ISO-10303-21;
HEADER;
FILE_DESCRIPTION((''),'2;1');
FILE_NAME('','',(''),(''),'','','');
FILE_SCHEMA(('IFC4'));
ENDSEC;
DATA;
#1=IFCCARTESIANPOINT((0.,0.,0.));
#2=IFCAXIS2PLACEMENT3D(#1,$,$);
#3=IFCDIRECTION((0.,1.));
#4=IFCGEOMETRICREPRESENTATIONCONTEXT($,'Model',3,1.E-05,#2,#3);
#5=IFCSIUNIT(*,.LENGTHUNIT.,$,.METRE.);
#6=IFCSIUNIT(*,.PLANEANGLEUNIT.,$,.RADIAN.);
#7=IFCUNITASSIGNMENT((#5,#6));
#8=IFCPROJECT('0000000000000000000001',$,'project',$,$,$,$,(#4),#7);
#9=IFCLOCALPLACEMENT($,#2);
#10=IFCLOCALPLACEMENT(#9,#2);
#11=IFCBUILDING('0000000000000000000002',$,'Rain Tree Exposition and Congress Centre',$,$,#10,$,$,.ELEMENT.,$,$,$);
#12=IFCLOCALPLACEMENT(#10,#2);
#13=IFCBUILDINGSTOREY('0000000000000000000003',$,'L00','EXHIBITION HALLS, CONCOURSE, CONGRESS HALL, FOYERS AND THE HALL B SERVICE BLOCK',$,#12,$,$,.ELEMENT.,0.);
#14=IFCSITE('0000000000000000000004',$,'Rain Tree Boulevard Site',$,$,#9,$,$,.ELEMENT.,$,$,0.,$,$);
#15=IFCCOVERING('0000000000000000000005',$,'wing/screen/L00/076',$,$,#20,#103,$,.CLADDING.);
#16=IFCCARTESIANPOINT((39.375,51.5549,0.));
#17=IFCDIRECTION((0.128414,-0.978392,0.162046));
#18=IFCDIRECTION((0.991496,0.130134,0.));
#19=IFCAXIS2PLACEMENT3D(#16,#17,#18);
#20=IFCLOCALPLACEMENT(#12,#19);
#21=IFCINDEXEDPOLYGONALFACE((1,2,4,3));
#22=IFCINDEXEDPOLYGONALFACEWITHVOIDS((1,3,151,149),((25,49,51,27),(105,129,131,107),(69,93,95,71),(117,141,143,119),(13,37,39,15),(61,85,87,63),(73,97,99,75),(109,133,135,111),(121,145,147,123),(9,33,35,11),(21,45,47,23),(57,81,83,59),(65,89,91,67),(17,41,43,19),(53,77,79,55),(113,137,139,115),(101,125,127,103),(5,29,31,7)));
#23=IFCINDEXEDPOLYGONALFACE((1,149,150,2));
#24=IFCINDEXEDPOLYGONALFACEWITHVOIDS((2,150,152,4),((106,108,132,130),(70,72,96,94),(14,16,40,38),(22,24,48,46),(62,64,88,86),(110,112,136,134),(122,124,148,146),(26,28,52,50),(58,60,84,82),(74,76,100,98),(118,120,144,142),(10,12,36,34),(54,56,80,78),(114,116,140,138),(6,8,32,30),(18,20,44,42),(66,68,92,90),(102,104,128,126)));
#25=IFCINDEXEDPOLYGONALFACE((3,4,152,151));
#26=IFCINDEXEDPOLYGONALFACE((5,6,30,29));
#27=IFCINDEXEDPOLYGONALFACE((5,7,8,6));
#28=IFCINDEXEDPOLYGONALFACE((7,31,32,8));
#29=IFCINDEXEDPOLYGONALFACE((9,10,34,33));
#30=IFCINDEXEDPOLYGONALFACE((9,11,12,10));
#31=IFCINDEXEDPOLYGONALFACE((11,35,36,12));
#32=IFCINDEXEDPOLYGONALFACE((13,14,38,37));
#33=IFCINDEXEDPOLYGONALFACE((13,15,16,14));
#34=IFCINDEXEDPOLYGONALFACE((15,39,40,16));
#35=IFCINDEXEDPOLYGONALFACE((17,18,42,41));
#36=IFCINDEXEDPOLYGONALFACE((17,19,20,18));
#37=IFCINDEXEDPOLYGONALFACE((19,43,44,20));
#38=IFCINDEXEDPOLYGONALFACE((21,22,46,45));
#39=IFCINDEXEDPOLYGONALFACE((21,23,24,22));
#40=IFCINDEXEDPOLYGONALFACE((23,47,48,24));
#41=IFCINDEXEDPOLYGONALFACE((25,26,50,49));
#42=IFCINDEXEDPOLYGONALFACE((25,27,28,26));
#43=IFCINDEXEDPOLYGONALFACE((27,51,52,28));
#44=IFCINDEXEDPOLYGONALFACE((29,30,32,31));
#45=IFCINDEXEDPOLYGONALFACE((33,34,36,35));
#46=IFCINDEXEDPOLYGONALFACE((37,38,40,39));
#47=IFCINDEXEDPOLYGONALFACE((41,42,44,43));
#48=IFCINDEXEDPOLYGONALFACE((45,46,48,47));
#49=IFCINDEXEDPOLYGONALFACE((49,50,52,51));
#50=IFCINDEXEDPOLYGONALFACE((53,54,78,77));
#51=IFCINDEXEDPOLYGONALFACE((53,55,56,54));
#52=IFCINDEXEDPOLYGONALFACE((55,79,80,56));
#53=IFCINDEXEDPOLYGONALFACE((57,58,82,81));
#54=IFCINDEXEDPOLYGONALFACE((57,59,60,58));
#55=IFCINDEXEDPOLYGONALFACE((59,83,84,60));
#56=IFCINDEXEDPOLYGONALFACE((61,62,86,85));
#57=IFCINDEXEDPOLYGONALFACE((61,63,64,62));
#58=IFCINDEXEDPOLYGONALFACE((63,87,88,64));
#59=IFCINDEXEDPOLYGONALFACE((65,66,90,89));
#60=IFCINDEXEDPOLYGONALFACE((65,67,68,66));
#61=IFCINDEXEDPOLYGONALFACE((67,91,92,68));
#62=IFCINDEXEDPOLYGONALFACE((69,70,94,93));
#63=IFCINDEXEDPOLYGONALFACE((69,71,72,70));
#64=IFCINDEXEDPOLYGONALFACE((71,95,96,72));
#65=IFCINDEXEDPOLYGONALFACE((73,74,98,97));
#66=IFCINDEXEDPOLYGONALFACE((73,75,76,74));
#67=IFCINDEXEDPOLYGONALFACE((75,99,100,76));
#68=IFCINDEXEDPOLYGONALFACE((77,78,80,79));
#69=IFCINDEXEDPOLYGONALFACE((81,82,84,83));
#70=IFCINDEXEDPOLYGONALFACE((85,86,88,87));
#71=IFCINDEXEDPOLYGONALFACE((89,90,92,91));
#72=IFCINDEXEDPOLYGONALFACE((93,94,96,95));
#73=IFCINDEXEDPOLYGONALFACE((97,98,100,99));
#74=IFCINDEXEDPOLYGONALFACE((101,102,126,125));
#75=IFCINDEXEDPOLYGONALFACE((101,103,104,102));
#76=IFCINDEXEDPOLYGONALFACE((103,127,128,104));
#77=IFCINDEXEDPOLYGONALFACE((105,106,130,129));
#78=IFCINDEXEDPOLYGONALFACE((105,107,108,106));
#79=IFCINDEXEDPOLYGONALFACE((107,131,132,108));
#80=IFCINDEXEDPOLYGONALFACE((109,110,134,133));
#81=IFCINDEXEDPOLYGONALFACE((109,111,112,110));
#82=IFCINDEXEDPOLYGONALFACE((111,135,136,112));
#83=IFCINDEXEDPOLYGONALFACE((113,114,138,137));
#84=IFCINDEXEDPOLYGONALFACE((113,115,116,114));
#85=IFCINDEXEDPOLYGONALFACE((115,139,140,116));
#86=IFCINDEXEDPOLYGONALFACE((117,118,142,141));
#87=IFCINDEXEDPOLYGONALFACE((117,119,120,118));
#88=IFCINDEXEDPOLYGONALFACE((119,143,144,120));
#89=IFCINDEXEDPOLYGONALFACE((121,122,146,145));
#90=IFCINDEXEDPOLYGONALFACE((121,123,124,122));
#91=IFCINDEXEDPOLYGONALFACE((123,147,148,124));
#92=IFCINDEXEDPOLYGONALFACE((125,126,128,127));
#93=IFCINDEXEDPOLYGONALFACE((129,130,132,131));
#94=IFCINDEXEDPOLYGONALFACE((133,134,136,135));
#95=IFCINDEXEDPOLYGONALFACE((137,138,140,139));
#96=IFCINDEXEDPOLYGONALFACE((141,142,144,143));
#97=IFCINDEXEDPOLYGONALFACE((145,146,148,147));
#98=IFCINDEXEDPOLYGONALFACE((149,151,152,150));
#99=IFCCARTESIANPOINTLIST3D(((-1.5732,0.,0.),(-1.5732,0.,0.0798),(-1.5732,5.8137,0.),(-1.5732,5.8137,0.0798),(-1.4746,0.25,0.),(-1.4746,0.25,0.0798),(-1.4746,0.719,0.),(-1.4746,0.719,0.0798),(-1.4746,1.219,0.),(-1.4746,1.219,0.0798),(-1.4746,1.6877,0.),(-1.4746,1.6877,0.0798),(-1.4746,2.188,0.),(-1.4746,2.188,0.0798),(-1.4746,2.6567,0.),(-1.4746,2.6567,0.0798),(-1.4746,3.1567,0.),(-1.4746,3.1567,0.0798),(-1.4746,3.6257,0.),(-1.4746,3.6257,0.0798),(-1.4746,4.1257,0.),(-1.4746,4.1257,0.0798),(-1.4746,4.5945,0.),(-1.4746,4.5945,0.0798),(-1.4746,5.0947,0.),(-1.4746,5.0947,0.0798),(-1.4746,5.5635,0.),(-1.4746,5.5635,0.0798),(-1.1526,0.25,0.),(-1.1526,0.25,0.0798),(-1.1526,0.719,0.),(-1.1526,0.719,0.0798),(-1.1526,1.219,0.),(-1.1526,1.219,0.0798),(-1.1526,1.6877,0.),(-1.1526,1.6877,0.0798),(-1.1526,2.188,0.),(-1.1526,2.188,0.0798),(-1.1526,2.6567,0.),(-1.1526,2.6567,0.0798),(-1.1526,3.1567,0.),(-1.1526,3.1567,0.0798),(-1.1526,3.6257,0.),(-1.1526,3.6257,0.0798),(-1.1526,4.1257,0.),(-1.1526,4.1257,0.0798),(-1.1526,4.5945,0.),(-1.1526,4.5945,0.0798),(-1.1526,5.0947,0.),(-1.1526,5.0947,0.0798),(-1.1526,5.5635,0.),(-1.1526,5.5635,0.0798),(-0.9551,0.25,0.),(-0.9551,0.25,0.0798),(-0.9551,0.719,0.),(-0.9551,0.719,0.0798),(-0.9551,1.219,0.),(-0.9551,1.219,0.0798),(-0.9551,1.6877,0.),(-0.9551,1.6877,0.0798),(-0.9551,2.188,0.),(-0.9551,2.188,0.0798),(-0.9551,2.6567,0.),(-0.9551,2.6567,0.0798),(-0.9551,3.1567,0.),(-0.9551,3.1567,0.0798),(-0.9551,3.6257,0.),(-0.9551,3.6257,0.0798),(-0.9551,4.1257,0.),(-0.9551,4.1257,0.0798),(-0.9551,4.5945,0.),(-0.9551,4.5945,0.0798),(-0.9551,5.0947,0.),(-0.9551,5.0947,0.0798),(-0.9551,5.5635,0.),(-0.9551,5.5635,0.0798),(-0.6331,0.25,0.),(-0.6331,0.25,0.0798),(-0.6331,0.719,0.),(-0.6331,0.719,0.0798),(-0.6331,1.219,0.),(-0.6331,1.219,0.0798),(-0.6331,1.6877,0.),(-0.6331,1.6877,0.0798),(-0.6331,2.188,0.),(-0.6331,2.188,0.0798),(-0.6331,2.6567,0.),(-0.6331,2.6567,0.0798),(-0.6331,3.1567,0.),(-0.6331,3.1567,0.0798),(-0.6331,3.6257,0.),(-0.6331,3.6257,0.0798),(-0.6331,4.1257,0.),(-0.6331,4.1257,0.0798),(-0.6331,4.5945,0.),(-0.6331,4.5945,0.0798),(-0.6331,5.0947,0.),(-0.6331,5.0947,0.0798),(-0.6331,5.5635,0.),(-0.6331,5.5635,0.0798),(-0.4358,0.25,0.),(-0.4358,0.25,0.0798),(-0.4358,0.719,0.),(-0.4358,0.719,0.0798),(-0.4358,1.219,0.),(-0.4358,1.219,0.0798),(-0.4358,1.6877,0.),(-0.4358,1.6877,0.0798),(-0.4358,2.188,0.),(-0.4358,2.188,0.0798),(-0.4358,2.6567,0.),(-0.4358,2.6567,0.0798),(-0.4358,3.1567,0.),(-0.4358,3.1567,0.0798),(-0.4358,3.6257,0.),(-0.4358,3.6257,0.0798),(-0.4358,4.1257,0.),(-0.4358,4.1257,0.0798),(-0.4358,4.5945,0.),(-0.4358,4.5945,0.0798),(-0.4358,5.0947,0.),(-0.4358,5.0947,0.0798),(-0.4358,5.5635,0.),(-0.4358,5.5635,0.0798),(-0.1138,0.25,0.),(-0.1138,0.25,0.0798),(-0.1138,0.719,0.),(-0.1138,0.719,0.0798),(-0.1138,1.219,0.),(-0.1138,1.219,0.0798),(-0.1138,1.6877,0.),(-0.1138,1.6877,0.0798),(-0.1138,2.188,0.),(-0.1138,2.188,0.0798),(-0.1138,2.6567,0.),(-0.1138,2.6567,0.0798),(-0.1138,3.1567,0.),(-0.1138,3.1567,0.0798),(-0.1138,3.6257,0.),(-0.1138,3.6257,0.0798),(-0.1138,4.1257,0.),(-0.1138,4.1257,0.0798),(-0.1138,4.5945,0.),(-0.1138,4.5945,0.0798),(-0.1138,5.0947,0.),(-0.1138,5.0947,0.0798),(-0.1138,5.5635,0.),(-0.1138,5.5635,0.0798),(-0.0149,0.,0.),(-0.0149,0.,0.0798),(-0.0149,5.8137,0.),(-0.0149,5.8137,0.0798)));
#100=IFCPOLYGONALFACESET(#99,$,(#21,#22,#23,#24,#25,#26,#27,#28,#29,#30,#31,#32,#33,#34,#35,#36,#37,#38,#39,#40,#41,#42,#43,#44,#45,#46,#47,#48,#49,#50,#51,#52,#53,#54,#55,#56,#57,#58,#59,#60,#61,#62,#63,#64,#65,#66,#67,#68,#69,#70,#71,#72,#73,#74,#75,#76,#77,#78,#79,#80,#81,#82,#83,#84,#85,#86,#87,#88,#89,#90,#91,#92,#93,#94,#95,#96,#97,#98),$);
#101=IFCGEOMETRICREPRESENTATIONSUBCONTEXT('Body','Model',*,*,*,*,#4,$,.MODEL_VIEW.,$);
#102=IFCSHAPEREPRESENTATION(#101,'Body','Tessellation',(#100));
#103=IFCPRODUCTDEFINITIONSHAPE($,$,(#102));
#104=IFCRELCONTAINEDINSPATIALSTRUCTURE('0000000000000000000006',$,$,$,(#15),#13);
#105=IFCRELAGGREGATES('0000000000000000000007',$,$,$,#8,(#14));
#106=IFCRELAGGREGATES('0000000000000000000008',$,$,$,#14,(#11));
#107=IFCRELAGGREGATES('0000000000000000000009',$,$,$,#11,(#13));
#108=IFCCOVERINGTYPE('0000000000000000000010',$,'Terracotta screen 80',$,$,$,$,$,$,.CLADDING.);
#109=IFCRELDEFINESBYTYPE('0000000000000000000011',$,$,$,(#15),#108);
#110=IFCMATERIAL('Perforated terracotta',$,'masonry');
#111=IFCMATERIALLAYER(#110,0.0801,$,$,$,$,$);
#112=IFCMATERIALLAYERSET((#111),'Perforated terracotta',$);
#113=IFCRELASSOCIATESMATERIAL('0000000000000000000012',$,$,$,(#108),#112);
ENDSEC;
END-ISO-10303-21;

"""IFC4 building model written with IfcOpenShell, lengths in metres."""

from ifc_helpers import new_model, si_unit, direction, frame, origin, place, context, subcontext, project, spatial, polyline, outline, extrude, material, layer, layer_set, type_object, element, save


model = new_model("IFC4")

# Units and contexts
model_context = context("Model", 3, precision=1e-05, world=origin(), true_north=direction((0.0, 1.0)))
body_context = subcontext(model_context, "Body", "Model", "MODEL_VIEW")
ifc_project = project(units=[si_unit("LENGTHUNIT", "METRE"), si_unit("PLANEANGLEUNIT", "RADIAN")], contexts=[model_context])

# Site, building, storey
site_placement = place(None, origin())
site = spatial("IfcSite", under=ifc_project, at=site_placement, Name="Rain Tree Boulevard Site", CompositionType="ELEMENT", RefElevation=0.0)
building_placement = place(site_placement, origin())
building = spatial("IfcBuilding", under=site, at=building_placement, Name="Rain Tree Exposition and Congress Centre", CompositionType="ELEMENT")
storey_placement = place(building_placement, origin())
storey = spatial("IfcBuildingStorey", under=building, at=storey_placement, Name="L00", Description="EXHIBITION HALLS, CONCOURSE, CONGRESS HALL, FOYERS AND THE HALL B SERVICE BLOCK", CompositionType="ELEMENT", Elevation=0.0)

# Covering
ifc_material_1 = material(Name="Perforated terracotta", Category="masonry")
ifc_layer_1 = layer(ifc_material_1, 0.0801)
ifc_layer_set_1 = layer_set([ifc_layer_1], Name="Perforated terracotta")
covering_type = type_object("IfcCoveringType", Name="Terracotta screen 80", PredefinedType="CLADDING", material=ifc_layer_set_1)
covering_1_placement = place(storey_placement, frame((39.375, 51.5549, 0.0), z_axis=(0.128414, -0.978392, 0.162046), x_axis=(0.991496, 0.130134, 0.0)))
element("IfcCovering", 1, at=covering_1_placement, inside=storey, type_object=covering_type, Name="wing/screen/L00/076", PredefinedType="CLADDING", context=body_context, shape_type="SweptSolid", body=[
    extrude(outline(polyline([(-0.0149, 5.8137), (-0.0149, 0.0), (-1.5732, 0.0), (-1.5732, 5.8137), (-0.0149, 5.8137)]), holes=[polyline([(-0.1138, 0.25), (-0.1138, 0.719), (-0.4358, 0.719), (-0.4358, 0.25), (-0.1138, 0.25)]), polyline([(-0.1138, 1.219), (-0.1138, 1.6877), (-0.4358, 1.6877), (-0.4358, 1.219), (-0.1138, 1.219)]), polyline([(-0.1138, 2.188), (-0.1138, 2.6567), (-0.4358, 2.6567), (-0.4358, 2.188), (-0.1138, 2.188)]), polyline([(-0.1138, 3.1567), (-0.1138, 3.6257), (-0.4358, 3.6257), (-0.4358, 3.1567), (-0.1138, 3.1567)]), polyline([(-0.1138, 4.1257), (-0.1138, 4.5945), (-0.4358, 4.5945), (-0.4358, 4.1257), (-0.1138, 4.1257)]), polyline([(-0.1138, 5.0947), (-0.1138, 5.5635), (-0.4358, 5.5635), (-0.4358, 5.0947), (-0.1138, 5.0947)]), polyline([(-0.6331, 0.25), (-0.6331, 0.719), (-0.9551, 0.719), (-0.9551, 0.25), (-0.6331, 0.25)]), polyline([(-0.6331, 1.219), (-0.6331, 1.6877), (-0.9551, 1.6877), (-0.9551, 1.219), (-0.6331, 1.219)]), polyline([(-0.6331, 2.188), (-0.6331, 2.6567), (-0.9551, 2.6567), (-0.9551, 2.188), (-0.6331, 2.188)]), polyline([(-0.6331, 3.1567), (-0.6331, 3.6257), (-0.9551, 3.6257), (-0.9551, 3.1567), (-0.6331, 3.1567)]), polyline([(-0.6331, 4.1257), (-0.6331, 4.5945), (-0.9551, 4.5945), (-0.9551, 4.1257), (-0.6331, 4.1257)]), polyline([(-0.6331, 5.0947), (-0.6331, 5.5635), (-0.9551, 5.5635), (-0.9551, 5.0947), (-0.6331, 5.0947)]), polyline([(-1.1526, 0.25), (-1.1526, 0.719), (-1.4746, 0.719), (-1.4746, 0.25), (-1.1526, 0.25)]), polyline([(-1.1526, 1.219), (-1.1526, 1.6877), (-1.4746, 1.6877), (-1.4746, 1.219), (-1.1526, 1.219)]), polyline([(-1.1526, 2.188), (-1.1526, 2.6567), (-1.4746, 2.6567), (-1.4746, 2.188), (-1.1526, 2.188)]), polyline([(-1.1526, 3.1567), (-1.1526, 3.6257), (-1.4746, 3.6257), (-1.4746, 3.1567), (-1.1526, 3.1567)]), polyline([(-1.1526, 4.1257), (-1.1526, 4.5945), (-1.4746, 4.5945), (-1.4746, 4.1257), (-1.1526, 4.1257)]), polyline([(-1.1526, 5.0947), (-1.1526, 5.5635), (-1.4746, 5.5635), (-1.4746, 5.0947), (-1.1526, 5.0947)])]), origin(), (0.0, 0.0, 1.0), 0.0798),
])

save(model, "model.ifc")
